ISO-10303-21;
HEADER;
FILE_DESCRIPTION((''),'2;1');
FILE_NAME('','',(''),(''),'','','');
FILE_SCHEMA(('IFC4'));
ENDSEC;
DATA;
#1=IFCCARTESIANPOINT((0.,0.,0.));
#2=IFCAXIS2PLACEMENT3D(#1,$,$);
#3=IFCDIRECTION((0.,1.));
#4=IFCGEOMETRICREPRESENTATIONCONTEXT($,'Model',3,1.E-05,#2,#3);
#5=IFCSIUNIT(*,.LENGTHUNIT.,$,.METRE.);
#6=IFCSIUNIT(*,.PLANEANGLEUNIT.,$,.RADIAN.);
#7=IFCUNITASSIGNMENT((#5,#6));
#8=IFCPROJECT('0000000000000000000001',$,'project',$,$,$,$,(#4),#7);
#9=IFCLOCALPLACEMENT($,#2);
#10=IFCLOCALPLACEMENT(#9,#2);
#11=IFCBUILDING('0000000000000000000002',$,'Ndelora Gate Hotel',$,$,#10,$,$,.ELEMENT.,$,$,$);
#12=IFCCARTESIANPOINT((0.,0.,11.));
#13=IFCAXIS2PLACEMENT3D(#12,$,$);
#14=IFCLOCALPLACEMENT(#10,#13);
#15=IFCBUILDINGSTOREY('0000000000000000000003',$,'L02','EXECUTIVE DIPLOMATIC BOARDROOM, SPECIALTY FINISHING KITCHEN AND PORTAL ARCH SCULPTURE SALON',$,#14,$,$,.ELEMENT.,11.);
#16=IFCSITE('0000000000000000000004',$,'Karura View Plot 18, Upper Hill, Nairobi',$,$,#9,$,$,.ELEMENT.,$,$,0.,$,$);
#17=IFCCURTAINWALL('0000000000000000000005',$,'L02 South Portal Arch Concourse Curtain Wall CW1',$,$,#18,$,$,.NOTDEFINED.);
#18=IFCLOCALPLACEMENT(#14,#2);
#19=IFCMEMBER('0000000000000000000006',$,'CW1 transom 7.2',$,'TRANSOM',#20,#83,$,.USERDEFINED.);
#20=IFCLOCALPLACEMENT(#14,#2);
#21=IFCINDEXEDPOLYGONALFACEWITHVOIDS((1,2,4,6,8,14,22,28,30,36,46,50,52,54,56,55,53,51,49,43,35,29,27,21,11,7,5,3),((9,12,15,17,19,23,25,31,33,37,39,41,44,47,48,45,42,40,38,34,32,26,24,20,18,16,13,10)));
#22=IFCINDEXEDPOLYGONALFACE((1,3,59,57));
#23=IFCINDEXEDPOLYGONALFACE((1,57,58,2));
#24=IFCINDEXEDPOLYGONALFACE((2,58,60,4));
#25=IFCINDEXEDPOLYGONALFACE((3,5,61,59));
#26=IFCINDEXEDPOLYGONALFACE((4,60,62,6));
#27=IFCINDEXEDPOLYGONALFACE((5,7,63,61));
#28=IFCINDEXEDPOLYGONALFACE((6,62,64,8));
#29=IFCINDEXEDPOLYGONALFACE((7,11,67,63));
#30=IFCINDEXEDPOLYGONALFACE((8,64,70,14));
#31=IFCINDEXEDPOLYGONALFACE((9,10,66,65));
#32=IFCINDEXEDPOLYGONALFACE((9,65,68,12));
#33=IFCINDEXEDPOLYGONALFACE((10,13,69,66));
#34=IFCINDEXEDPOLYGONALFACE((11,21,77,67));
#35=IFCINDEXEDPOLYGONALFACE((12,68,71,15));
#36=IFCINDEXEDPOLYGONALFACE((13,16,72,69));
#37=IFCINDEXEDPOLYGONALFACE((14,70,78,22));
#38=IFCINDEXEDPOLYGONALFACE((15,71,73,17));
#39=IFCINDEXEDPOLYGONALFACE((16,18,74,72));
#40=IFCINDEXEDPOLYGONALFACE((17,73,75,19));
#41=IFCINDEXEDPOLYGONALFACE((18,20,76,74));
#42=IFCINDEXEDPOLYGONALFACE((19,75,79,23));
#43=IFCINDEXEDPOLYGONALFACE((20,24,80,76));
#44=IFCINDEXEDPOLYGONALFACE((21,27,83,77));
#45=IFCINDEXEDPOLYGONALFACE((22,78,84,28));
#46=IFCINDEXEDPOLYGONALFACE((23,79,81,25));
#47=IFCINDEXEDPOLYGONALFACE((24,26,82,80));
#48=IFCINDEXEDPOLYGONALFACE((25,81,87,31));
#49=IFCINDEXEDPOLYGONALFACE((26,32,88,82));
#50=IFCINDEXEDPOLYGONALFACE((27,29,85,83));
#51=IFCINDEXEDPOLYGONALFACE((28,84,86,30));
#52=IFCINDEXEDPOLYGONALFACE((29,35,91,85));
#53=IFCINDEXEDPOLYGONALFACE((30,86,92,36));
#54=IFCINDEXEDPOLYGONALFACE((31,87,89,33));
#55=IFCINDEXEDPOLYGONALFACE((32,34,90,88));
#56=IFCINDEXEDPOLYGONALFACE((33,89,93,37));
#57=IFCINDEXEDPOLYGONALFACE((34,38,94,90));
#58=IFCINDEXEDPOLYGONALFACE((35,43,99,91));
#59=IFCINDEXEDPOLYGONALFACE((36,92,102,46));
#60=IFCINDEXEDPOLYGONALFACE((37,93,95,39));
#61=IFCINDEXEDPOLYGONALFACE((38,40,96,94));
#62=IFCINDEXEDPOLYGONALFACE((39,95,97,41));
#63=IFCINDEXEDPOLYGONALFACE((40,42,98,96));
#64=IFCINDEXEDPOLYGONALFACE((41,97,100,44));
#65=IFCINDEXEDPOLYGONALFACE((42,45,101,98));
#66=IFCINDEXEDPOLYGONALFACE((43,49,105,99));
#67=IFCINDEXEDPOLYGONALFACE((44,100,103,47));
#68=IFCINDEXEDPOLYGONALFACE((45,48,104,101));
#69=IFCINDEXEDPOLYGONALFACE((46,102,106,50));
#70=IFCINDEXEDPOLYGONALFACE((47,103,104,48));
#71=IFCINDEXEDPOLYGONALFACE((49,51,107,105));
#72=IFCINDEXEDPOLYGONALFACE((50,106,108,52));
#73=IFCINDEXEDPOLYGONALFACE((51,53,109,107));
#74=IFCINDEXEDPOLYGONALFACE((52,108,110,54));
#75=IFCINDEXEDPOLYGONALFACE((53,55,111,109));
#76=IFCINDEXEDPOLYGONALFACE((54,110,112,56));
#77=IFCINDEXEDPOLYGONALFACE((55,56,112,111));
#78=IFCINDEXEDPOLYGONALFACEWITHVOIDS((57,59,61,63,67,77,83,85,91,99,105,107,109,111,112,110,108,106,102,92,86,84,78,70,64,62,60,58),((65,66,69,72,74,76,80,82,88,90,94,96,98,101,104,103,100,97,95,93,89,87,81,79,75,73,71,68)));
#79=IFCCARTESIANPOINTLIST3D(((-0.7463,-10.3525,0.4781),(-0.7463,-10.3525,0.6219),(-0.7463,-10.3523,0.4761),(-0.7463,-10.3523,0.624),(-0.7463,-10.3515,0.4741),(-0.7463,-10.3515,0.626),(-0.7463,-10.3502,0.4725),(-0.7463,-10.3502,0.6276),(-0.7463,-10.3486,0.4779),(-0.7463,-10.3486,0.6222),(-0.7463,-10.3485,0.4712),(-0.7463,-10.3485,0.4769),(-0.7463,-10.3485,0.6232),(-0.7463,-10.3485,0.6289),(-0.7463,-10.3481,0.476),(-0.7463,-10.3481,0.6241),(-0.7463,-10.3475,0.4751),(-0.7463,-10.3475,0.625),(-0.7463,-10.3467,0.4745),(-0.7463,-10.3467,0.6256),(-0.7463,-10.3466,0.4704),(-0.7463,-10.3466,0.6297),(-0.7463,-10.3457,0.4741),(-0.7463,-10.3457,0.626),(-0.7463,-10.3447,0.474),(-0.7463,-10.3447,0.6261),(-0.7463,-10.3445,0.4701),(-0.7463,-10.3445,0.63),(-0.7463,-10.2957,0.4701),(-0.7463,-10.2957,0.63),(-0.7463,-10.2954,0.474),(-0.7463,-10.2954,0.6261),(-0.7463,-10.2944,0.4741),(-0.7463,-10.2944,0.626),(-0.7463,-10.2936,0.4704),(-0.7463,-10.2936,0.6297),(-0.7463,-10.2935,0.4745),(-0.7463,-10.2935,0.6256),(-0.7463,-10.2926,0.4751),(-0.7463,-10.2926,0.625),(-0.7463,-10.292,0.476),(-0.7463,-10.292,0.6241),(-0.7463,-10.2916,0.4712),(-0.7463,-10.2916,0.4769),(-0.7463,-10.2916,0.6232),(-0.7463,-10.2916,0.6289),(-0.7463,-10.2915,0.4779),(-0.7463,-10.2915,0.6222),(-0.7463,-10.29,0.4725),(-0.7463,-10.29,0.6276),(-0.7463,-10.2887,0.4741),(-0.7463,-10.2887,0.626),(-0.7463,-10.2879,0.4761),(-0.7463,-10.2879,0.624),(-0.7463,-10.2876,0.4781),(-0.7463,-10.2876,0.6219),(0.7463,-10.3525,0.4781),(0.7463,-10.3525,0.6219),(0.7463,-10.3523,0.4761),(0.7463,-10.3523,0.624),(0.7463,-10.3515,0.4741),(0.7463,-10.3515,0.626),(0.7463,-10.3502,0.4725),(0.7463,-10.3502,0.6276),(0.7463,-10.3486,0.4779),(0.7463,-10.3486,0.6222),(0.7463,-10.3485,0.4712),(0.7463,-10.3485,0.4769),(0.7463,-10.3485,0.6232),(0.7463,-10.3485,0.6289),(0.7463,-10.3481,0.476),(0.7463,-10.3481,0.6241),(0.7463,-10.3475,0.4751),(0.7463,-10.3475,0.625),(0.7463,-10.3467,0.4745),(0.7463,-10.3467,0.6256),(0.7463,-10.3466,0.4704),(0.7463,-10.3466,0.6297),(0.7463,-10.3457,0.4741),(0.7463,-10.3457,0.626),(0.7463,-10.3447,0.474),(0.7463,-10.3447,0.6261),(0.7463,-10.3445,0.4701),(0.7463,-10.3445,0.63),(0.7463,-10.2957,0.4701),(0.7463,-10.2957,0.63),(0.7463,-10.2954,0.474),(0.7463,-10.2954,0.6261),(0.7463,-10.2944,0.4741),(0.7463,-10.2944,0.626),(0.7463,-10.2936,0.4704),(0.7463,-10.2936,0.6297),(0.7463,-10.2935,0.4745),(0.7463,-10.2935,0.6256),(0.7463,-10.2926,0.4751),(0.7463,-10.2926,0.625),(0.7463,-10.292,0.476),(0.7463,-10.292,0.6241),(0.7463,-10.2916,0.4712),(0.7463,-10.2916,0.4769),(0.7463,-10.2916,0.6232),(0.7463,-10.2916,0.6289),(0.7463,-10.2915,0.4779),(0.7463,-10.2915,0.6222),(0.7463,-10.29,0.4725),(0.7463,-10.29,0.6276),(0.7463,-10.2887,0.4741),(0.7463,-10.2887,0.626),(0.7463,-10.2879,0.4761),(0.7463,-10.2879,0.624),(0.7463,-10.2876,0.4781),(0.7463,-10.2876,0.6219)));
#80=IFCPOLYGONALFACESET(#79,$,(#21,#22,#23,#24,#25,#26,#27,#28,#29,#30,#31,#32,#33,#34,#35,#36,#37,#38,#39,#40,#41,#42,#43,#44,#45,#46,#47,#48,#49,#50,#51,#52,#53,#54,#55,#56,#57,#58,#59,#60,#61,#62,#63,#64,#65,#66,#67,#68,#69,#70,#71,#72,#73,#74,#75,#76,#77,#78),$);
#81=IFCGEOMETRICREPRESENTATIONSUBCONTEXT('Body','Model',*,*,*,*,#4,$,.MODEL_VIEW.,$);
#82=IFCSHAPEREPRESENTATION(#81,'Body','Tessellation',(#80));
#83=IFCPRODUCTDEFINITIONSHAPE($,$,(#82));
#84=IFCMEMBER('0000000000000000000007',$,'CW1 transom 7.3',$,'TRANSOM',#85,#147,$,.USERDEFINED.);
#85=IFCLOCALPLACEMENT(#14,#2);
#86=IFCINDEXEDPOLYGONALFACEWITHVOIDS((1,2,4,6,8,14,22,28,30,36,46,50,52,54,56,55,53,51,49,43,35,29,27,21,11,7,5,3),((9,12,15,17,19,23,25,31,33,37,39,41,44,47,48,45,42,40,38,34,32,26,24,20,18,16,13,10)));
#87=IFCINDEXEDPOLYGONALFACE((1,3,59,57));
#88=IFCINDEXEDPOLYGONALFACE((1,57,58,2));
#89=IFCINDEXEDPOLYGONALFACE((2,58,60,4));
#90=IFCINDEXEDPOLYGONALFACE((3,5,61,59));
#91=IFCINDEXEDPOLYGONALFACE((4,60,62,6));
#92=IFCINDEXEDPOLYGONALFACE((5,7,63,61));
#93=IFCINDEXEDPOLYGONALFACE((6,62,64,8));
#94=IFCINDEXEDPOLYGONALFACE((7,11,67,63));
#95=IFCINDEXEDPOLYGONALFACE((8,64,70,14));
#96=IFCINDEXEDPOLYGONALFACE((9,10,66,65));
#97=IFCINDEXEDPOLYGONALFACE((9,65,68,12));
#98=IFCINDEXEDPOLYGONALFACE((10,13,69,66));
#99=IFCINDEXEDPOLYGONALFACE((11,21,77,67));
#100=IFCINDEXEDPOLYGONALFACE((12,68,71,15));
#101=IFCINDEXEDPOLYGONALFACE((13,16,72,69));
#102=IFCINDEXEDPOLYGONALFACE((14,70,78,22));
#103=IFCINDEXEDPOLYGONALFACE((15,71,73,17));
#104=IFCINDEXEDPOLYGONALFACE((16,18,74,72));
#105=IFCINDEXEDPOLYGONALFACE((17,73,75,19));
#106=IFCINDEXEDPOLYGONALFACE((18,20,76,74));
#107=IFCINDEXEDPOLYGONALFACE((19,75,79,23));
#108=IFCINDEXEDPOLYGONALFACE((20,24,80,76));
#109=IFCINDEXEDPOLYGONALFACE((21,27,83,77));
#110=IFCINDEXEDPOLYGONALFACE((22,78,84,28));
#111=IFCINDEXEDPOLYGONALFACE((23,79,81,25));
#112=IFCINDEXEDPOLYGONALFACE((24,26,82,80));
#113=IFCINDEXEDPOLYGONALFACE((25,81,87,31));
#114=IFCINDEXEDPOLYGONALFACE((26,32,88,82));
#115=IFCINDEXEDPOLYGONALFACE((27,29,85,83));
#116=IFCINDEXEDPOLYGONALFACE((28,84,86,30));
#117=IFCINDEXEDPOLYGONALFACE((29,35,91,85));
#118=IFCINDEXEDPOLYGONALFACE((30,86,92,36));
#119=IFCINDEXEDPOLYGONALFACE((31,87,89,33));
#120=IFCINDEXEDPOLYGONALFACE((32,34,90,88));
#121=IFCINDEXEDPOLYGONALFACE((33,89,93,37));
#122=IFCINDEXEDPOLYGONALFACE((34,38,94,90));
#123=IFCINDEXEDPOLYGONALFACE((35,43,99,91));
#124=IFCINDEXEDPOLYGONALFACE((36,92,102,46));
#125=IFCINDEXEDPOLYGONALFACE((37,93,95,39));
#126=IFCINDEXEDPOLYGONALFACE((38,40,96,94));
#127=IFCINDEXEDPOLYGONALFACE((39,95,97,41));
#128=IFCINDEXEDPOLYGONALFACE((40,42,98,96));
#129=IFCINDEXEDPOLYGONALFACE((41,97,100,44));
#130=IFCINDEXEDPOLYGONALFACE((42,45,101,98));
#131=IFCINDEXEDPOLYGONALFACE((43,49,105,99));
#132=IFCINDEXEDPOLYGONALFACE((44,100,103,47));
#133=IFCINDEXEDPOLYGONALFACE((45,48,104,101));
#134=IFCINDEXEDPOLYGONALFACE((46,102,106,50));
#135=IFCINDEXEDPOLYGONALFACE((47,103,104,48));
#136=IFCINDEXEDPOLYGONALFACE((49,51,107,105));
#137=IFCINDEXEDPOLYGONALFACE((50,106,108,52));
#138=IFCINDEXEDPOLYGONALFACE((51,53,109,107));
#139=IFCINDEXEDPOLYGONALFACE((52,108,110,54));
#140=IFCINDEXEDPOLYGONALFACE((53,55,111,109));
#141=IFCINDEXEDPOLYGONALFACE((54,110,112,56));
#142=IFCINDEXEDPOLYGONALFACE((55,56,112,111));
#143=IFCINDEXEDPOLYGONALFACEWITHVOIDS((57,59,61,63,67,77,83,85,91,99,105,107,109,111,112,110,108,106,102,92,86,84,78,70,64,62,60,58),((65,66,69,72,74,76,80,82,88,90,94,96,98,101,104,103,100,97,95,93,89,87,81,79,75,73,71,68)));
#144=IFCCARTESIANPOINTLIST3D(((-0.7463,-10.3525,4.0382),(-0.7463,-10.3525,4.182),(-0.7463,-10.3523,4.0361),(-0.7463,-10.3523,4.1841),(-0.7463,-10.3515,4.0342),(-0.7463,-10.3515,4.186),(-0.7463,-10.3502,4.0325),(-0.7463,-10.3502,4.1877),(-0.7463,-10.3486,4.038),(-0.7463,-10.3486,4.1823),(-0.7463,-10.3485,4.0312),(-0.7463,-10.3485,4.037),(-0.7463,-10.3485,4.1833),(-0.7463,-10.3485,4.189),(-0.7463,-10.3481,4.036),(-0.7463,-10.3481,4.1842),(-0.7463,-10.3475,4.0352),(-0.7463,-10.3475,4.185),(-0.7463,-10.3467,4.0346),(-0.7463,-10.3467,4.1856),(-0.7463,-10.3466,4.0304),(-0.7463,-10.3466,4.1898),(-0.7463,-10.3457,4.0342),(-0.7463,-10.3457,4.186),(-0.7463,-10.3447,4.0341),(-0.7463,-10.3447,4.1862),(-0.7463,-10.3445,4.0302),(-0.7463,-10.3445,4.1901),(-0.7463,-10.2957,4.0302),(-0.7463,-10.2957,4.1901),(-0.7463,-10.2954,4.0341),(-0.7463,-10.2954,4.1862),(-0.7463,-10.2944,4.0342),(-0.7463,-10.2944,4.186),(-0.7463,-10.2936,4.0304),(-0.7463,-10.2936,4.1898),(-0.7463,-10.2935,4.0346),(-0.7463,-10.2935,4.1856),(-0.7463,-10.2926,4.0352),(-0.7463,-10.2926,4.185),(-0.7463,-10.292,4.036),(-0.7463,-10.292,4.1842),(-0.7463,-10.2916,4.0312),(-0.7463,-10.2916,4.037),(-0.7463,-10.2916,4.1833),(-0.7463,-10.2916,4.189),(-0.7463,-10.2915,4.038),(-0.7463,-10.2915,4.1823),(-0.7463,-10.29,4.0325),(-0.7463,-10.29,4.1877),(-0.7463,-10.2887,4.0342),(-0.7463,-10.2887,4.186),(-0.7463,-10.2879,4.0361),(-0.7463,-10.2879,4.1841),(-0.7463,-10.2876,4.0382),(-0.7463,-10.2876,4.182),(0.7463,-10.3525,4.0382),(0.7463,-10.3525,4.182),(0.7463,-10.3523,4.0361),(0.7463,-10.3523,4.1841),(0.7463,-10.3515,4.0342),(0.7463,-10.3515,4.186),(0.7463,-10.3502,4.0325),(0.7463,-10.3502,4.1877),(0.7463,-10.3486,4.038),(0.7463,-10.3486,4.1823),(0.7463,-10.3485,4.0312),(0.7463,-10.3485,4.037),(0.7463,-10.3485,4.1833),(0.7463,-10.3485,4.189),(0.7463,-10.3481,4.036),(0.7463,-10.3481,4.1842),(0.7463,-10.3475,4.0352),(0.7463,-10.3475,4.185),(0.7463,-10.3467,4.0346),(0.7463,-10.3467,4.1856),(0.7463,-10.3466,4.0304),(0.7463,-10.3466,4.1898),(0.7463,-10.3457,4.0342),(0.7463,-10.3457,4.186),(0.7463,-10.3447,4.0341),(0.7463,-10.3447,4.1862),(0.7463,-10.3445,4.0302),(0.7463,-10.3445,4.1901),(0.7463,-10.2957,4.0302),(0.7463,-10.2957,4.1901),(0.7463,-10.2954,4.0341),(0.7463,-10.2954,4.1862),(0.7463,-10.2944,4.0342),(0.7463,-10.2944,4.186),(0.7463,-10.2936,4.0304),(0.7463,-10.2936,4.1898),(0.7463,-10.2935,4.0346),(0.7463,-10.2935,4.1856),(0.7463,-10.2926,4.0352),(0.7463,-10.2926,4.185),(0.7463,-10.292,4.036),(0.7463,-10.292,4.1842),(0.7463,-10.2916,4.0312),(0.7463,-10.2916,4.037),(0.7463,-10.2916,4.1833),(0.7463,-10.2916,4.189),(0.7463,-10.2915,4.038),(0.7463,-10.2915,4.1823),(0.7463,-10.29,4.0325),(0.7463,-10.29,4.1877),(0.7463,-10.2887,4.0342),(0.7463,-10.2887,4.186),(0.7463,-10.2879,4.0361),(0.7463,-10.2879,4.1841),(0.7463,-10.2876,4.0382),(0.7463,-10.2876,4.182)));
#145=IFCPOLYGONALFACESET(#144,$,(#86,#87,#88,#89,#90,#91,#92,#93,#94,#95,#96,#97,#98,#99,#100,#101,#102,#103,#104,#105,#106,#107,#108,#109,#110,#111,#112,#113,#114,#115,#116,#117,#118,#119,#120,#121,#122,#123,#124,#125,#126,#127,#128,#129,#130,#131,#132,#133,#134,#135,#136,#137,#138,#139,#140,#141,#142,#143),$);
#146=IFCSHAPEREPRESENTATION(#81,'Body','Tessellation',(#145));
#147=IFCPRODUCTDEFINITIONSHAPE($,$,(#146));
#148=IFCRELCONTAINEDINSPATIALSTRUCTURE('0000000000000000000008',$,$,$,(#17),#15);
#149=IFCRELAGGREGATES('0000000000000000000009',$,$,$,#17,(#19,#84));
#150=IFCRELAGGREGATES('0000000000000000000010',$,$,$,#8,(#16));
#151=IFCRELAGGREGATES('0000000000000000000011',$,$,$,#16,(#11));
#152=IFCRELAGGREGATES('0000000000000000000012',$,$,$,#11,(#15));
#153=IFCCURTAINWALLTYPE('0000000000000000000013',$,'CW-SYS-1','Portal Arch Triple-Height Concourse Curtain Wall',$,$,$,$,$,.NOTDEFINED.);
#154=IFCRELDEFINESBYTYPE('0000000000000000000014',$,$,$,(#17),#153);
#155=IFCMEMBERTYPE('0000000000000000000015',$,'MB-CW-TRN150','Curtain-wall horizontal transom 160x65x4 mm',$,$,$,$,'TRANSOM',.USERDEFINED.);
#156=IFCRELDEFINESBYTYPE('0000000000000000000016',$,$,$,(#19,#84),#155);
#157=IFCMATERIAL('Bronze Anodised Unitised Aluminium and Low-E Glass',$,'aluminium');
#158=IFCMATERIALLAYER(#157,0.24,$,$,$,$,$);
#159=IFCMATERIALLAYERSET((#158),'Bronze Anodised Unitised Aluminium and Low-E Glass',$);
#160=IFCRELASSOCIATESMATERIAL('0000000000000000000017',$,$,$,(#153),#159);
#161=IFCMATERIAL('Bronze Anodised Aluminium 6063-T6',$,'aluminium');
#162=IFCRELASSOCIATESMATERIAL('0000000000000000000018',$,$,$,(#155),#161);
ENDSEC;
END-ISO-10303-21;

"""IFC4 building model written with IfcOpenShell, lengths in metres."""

from ifc_helpers import new_model, si_unit, direction, frame, origin, origin_2d, place, context, subcontext, project, spatial, hollow_rectangle, extrude, material, layer, layer_set, material_profile, profile_set, type_object, element, aggregate, save


model = new_model("IFC4")

# Units and contexts
model_context = context("Model", 3, precision=1e-05, world=origin(), true_north=direction((0.0, 1.0)))
body_context = subcontext(model_context, "Body", "Model", "MODEL_VIEW")
ifc_project = project(units=[si_unit("LENGTHUNIT", "METRE"), si_unit("PLANEANGLEUNIT", "RADIAN")], contexts=[model_context])

# Site, building, storey
site_placement = place(None, origin())
site = spatial("IfcSite", under=ifc_project, at=site_placement, Name="Karura View Plot 18, Upper Hill, Nairobi", CompositionType="ELEMENT", RefElevation=0.0)
building_placement = place(site_placement, origin())
building = spatial("IfcBuilding", under=site, at=building_placement, Name="Ndelora Gate Hotel", CompositionType="ELEMENT")
storey_placement = place(building_placement, frame((0.0, 0.0, 11.0)))
storey = spatial("IfcBuildingStorey", under=building, at=storey_placement, Name="L02", Description="EXECUTIVE DIPLOMATIC BOARDROOM, SPECIALTY FINISHING KITCHEN AND PORTAL ARCH SCULPTURE SALON", CompositionType="ELEMENT", Elevation=11.0)

# Curtain wall, members
ifc_material_1 = material(Name="Bronze Anodised Unitised Aluminium and Low-E Glass", Category="aluminium")
ifc_layer_1 = layer(ifc_material_1, 0.24)
ifc_layer_set_1 = layer_set([ifc_layer_1], Name="Bronze Anodised Unitised Aluminium and Low-E Glass")
curtain_wall_type = type_object("IfcCurtainWallType", Name="CW-SYS-1", Description="Portal Arch Triple-Height Concourse Curtain Wall", PredefinedType="NOTDEFINED", material=ifc_layer_set_1)
curtain_wall_placement = place(storey_placement, origin())
curtain_wall = element("IfcCurtainWall", 1, at=curtain_wall_placement, inside=storey, type_object=curtain_wall_type, Name="L02 South Portal Arch Concourse Curtain Wall CW1", PredefinedType="NOTDEFINED")
ifc_material_2 = material(Name="Bronze Anodised Aluminium 6063-T6", Category="aluminium")
ifc_material_profile_1 = material_profile(ifc_material_2, hollow_rectangle(XDim=0.0649, YDim=0.1599, WallThickness=0.0039, InnerFilletRadius=0.0039, OuterFilletRadius=0.0081, at=origin_2d()), Name="ALU 160x65x4")
ifc_profile_set_1 = profile_set([ifc_material_profile_1], Name="Bronze Anodised Aluminium 6063-T6")
member_type_1 = type_object("IfcMemberType", Name="MB-CW-TRN150", Description="Curtain-wall horizontal transom 160x65x4 mm", ElementType="TRANSOM", PredefinedType="USERDEFINED", material=ifc_profile_set_1)
member_1_placement = place(storey_placement, frame((-0.7463, -10.3201, 0.55), z_axis=(1.0, 0.0, 0.0), x_axis=(0.0, 1.0, 0.0)))
member_1 = element("IfcMember", 2, at=member_1_placement, type_object=member_type_1, Name="CW1 transom 7.2", ObjectType="TRANSOM", PredefinedType="USERDEFINED", context=body_context, shape_type="SweptSolid", body=[
    extrude(hollow_rectangle(XDim=0.0649, YDim=0.1599, WallThickness=0.0039, InnerFilletRadius=0.0039, OuterFilletRadius=0.0081, at=origin_2d()), origin(), (0.0, 0.0, 1.0), 1.4927),
])
member_2_placement = place(storey_placement, frame((-0.7463, -10.3201, 4.1101), z_axis=(1.0, 0.0, 0.0), x_axis=(0.0, 1.0, 0.0)))
member_2 = element("IfcMember", 3, at=member_2_placement, type_object=member_type_1, Name="CW1 transom 7.3", ObjectType="TRANSOM", PredefinedType="USERDEFINED", context=body_context, shape_type="SweptSolid", body=[
    extrude(hollow_rectangle(XDim=0.0649, YDim=0.1599, WallThickness=0.0039, InnerFilletRadius=0.0039, OuterFilletRadius=0.0081, at=origin_2d()), origin(), (0.0, 0.0, 1.0), 1.4927),
])
aggregate(curtain_wall, [member_1, member_2])

save(model, "model.ifc")
